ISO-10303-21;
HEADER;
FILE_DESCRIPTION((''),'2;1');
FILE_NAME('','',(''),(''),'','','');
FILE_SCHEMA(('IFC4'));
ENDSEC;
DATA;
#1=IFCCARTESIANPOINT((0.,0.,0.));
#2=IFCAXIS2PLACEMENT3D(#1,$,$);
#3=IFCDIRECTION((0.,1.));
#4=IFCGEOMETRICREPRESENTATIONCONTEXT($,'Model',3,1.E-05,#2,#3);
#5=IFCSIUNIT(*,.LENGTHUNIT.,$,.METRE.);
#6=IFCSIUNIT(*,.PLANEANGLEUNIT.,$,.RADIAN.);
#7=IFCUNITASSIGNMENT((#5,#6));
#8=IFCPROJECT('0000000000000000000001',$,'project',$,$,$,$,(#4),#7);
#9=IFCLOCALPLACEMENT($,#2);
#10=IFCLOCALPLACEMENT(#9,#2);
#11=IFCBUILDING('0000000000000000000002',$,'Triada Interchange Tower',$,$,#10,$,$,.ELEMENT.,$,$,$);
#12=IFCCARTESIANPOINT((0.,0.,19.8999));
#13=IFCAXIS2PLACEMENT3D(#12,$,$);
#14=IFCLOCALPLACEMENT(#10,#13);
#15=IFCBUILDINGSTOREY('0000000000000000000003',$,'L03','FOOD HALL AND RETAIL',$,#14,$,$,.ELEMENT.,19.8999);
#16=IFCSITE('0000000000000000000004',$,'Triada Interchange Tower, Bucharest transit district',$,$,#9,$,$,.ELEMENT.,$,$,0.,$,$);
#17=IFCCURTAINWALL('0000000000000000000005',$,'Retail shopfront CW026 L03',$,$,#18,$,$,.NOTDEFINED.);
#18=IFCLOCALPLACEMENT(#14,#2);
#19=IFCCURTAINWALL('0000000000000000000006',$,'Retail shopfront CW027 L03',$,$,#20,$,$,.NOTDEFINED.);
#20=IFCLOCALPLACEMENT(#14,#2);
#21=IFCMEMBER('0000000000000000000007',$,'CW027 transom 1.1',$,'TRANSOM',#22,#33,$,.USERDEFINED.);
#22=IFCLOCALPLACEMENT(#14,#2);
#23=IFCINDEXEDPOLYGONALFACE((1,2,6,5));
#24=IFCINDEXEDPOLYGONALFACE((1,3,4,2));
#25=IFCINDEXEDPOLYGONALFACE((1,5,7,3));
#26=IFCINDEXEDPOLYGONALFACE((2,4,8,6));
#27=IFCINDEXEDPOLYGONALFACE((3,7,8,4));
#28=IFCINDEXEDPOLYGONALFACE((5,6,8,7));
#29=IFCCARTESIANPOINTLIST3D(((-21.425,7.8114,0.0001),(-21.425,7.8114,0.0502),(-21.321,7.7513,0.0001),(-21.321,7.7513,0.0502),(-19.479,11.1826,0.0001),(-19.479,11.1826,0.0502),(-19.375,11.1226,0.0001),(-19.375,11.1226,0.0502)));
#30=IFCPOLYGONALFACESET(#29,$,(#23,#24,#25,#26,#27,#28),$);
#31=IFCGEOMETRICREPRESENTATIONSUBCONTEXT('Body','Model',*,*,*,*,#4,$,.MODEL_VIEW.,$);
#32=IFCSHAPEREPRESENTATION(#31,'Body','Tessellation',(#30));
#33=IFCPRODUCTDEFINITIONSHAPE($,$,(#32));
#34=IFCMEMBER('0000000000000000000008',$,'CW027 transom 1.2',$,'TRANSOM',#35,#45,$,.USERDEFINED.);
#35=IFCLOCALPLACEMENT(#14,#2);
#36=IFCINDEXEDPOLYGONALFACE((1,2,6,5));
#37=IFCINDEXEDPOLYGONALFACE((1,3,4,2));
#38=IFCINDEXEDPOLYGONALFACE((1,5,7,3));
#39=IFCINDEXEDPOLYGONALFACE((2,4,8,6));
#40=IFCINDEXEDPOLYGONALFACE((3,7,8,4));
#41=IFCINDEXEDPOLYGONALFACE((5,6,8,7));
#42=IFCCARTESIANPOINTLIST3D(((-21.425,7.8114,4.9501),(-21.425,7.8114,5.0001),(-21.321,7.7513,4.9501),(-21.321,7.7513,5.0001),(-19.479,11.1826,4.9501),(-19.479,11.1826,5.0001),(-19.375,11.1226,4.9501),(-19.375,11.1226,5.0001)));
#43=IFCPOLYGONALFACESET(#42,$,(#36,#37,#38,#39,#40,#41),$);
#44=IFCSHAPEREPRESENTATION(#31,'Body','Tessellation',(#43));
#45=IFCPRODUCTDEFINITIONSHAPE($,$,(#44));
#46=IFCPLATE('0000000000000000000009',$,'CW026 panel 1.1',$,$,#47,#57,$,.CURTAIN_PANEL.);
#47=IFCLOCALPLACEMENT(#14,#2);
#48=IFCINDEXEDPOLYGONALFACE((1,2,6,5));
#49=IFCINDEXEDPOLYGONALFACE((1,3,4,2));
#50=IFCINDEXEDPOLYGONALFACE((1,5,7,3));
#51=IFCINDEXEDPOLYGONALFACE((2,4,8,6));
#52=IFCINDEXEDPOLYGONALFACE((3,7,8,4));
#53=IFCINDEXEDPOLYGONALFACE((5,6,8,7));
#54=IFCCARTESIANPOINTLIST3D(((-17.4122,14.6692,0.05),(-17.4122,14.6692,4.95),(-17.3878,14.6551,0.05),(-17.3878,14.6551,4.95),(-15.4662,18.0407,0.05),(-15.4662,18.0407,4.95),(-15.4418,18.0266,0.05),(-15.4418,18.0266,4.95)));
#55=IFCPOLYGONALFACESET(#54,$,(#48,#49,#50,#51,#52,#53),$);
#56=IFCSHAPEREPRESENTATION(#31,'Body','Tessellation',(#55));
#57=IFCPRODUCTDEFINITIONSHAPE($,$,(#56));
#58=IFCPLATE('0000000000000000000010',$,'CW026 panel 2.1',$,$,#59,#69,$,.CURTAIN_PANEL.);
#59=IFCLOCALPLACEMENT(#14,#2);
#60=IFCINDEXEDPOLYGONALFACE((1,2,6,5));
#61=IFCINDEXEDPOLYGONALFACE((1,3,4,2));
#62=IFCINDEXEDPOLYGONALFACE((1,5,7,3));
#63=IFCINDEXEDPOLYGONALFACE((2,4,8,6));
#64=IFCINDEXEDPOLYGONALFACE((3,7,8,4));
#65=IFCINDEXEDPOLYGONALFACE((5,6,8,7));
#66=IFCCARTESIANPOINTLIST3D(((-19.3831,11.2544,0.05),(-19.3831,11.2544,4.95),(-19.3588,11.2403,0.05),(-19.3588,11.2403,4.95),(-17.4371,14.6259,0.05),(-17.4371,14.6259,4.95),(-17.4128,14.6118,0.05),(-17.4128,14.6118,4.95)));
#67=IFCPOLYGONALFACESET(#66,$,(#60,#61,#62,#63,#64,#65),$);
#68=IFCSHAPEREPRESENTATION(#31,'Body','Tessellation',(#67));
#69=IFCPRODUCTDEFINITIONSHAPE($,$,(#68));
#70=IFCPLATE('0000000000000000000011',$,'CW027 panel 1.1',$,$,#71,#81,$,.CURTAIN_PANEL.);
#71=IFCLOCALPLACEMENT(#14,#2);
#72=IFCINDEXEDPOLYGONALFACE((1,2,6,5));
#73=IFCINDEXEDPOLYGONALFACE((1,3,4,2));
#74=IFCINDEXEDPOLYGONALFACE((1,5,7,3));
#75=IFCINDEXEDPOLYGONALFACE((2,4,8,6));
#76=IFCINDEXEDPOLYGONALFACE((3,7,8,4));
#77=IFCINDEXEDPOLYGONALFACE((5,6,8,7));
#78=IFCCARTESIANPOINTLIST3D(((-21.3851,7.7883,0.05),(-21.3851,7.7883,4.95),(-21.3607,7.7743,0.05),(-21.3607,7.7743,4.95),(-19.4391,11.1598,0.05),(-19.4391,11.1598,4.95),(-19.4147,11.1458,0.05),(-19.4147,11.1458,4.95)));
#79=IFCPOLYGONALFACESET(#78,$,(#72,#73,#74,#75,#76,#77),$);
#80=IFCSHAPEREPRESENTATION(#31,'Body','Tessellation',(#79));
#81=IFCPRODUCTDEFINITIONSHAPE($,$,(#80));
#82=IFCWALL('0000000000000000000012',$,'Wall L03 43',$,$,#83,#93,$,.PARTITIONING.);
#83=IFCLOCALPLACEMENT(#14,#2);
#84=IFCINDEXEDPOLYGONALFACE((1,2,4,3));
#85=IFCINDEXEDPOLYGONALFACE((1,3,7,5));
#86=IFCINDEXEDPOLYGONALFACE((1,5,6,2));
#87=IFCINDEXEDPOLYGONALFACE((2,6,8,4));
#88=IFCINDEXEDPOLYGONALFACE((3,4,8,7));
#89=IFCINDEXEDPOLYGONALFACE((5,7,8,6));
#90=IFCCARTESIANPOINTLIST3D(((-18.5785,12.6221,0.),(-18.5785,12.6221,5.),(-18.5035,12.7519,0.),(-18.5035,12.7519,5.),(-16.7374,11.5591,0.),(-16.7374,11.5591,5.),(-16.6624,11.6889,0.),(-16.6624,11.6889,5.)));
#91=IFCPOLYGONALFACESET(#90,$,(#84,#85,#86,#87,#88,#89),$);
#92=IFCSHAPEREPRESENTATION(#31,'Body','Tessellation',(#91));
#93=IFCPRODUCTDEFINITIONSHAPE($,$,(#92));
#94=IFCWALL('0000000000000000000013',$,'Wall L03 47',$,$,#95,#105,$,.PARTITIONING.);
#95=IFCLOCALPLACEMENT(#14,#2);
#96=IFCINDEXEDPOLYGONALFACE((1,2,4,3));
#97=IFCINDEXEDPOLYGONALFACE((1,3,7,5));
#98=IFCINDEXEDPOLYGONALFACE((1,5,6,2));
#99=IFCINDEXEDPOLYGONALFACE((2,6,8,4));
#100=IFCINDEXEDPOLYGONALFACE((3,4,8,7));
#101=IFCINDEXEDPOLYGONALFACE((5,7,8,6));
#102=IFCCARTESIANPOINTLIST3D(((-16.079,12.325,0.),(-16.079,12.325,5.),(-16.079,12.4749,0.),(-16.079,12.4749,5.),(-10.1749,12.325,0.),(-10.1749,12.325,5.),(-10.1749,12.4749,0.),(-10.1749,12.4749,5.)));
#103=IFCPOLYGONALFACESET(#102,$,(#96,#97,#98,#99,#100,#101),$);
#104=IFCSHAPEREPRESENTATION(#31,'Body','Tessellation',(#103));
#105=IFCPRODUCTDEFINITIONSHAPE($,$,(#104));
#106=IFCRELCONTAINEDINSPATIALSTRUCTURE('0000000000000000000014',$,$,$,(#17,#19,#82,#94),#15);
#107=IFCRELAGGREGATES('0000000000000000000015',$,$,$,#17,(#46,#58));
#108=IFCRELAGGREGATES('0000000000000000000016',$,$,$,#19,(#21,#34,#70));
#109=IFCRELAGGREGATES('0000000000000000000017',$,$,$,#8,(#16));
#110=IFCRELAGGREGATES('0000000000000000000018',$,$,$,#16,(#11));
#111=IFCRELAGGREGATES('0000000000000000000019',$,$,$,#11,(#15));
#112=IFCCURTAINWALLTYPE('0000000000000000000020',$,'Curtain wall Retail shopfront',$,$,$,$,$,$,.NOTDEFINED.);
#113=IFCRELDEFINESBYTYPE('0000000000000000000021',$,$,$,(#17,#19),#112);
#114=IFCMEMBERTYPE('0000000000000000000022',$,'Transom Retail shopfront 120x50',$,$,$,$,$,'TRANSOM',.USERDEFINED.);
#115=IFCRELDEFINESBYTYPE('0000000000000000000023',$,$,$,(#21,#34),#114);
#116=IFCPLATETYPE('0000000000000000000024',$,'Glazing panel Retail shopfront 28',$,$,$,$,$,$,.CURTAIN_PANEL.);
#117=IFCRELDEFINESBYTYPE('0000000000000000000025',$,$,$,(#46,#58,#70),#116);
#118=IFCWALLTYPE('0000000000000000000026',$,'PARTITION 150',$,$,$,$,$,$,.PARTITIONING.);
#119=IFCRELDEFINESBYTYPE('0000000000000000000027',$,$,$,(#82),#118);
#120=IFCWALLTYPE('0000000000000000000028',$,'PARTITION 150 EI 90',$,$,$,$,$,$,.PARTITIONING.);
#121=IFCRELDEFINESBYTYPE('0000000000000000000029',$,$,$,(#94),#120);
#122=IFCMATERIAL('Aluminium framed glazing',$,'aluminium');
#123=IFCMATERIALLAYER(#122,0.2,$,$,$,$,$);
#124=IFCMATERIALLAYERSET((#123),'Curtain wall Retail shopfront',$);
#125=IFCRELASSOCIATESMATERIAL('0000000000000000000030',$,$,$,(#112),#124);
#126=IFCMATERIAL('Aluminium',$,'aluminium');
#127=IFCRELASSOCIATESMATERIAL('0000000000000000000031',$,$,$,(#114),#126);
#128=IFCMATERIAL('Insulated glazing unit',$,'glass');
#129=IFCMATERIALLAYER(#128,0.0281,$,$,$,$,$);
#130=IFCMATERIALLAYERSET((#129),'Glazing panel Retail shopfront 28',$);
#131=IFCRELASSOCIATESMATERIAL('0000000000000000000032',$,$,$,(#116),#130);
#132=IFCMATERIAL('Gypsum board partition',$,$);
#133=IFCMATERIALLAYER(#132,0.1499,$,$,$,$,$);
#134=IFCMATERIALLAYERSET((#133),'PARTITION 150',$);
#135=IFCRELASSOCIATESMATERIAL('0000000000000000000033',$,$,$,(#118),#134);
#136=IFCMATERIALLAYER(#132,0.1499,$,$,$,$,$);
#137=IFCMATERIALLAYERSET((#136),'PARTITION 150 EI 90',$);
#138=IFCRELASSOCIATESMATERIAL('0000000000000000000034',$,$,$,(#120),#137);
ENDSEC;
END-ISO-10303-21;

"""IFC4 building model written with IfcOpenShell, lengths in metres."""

from ifc_helpers import new_model, si_unit, direction, frame, frame_2d, origin, origin_2d, place, context, subcontext, project, spatial, rectangle, extrude, material, layer, layer_set, material_profile, profile_set, type_object, element, aggregate, save


model = new_model("IFC4")

# Units and contexts
model_context = context("Model", 3, precision=1e-05, world=origin(), true_north=direction((0.0, 1.0)))
body_context = subcontext(model_context, "Body", "Model", "MODEL_VIEW")
ifc_project = project(units=[si_unit("LENGTHUNIT", "METRE"), si_unit("PLANEANGLEUNIT", "RADIAN")], contexts=[model_context])

# Site, building, storey
site_placement = place(None, origin())
site = spatial("IfcSite", under=ifc_project, at=site_placement, Name="Triada Interchange Tower, Bucharest transit district", CompositionType="ELEMENT", RefElevation=0.0)
building_placement = place(site_placement, origin())
building = spatial("IfcBuilding", under=site, at=building_placement, Name="Triada Interchange Tower", CompositionType="ELEMENT")
storey_placement = place(building_placement, frame((0.0, 0.0, 19.8999)))
storey = spatial("IfcBuildingStorey", under=building, at=storey_placement, Name="L03", Description="FOOD HALL AND RETAIL", CompositionType="ELEMENT", Elevation=19.8999)

# Shared definitions
ifc_material_1 = material(Name="Aluminium framed glazing", Category="aluminium")
ifc_layer_1 = layer(ifc_material_1, 0.2)
ifc_layer_set_1 = layer_set([ifc_layer_1], Name="Curtain wall Retail shopfront")
curtain_wall_type = type_object("IfcCurtainWallType", Name="Curtain wall Retail shopfront", PredefinedType="NOTDEFINED", material=ifc_layer_set_1)
ifc_material_2 = material(Name="Aluminium", Category="aluminium")

# Curtain wall
curtain_wall_1_placement = place(storey_placement, origin())
curtain_wall_1 = element("IfcCurtainWall", 1, at=curtain_wall_1_placement, inside=storey, type_object=curtain_wall_type, Name="Retail shopfront CW026 L03", PredefinedType="NOTDEFINED")

# Curtain wall
curtain_wall_2_placement = place(storey_placement, origin())
curtain_wall_2 = element("IfcCurtainWall", 2, at=curtain_wall_2_placement, inside=storey, type_object=curtain_wall_type, Name="Retail shopfront CW027 L03", PredefinedType="NOTDEFINED")

# Members
ifc_material_profile_1 = material_profile(ifc_material_2, rectangle(XDim=0.1201, YDim=0.05, at=origin_2d()), Name="Aluminium transom")
ifc_profile_set_1 = profile_set([ifc_material_profile_1], Name="Aluminium")
member_type_1 = type_object("IfcMemberType", Name="Transom Retail shopfront 120x50", ElementType="TRANSOM", PredefinedType="USERDEFINED", material=ifc_profile_set_1)
member_1_placement = place(storey_placement, frame((-19.427, 11.1526, 0.0251), z_axis=(-0.499923, -0.86607, 0.0), x_axis=(0.86607, -0.499923, 0.0)))
member_1 = element("IfcMember", 3, at=member_1_placement, type_object=member_type_1, Name="CW027 transom 1.1", ObjectType="TRANSOM", PredefinedType="USERDEFINED", context=body_context, shape_type="SweptSolid", body=[
    extrude(rectangle(XDim=0.1201, YDim=0.05, at=origin_2d()), origin(), (0.0, 0.0, 1.0), 3.8926),
])
member_2_placement = place(storey_placement, frame((-19.427, 11.1526, 4.9751), z_axis=(-0.499923, -0.86607, 0.0), x_axis=(0.86607, -0.499923, 0.0)))
member_2 = element("IfcMember", 4, at=member_2_placement, type_object=member_type_1, Name="CW027 transom 1.2", ObjectType="TRANSOM", PredefinedType="USERDEFINED", context=body_context, shape_type="SweptSolid", body=[
    extrude(rectangle(XDim=0.1201, YDim=0.05, at=origin_2d()), origin(), (0.0, 0.0, 1.0), 3.8926),
])

# Plates
ifc_material_3 = material(Name="Insulated glazing unit", Category="glass")
ifc_layer_2 = layer(ifc_material_3, 0.0281)
ifc_layer_set_2 = layer_set([ifc_layer_2], Name="Glazing panel Retail shopfront 28")
plate_type = type_object("IfcPlateType", Name="Glazing panel Retail shopfront 28", PredefinedType="CURTAIN_PANEL", material=ifc_layer_set_2)
plate_1_placement = place(storey_placement, frame((-16.427, 16.3479, 0.05), z_axis=(0.0, 0.0, 1.0), x_axis=(-0.499893, -0.866087, 0.0)))
plate_1 = element("IfcPlate", 5, at=plate_1_placement, type_object=plate_type, Name="CW026 panel 1.1", PredefinedType="CURTAIN_PANEL", context=body_context, shape_type="SweptSolid", body=[
    extrude(rectangle(XDim=3.8928, YDim=0.0281, at=origin_2d()), origin(), (0.0, 0.0, 1.0), 4.8999),
])
plate_2_placement = place(storey_placement, frame((-18.3979, 12.9331, 0.05), z_axis=(0.0, 0.0, 1.0), x_axis=(-0.499893, -0.866087, 0.0)))
plate_2 = element("IfcPlate", 6, at=plate_2_placement, type_object=plate_type, Name="CW026 panel 2.1", PredefinedType="CURTAIN_PANEL", context=body_context, shape_type="SweptSolid", body=[
    extrude(rectangle(XDim=3.8928, YDim=0.0281, at=origin_2d()), origin(), (0.0, 0.0, 1.0), 4.8999),
])
aggregate(curtain_wall_1, [plate_1, plate_2])
plate_3_placement = place(storey_placement, frame((-20.3999, 9.467, 0.05), z_axis=(0.0, 0.0, 1.0), x_axis=(-0.499893, -0.866087, 0.0)))
plate_3 = element("IfcPlate", 7, at=plate_3_placement, type_object=plate_type, Name="CW027 panel 1.1", PredefinedType="CURTAIN_PANEL", context=body_context, shape_type="SweptSolid", body=[
    extrude(rectangle(XDim=3.8928, YDim=0.0281, at=origin_2d()), origin(), (0.0, 0.0, 1.0), 4.8999),
])
aggregate(curtain_wall_2, [member_1, member_2, plate_3])

# Walls
ifc_material_4 = material(Name="Gypsum board partition")
ifc_layer_3 = layer(ifc_material_4, 0.1499)
ifc_layer_set_3 = layer_set([ifc_layer_3], Name="PARTITION 150")
wall_type_1 = type_object("IfcWallType", Name="PARTITION 150", PredefinedType="PARTITIONING", material=ifc_layer_set_3)
wall_1_placement = place(storey_placement, frame((-18.541, 12.687, 0.0), z_axis=(0.0, 0.0, 1.0), x_axis=(0.866015, -0.500017, 0.0)))
element("IfcWall", 8, at=wall_1_placement, inside=storey, type_object=wall_type_1, Name="Wall L03 43", PredefinedType="PARTITIONING", context=body_context, shape_type="SweptSolid", body=[
    extrude(rectangle(XDim=2.126, YDim=0.1499, at=frame_2d((1.063, 0.0))), origin(), (0.0, 0.0, 1.0), 5.0),
])
ifc_layer_4 = layer(ifc_material_4, 0.1499)
ifc_layer_set_4 = layer_set([ifc_layer_4], Name="PARTITION 150 EI 90")
wall_type_2 = type_object("IfcWallType", Name="PARTITION 150 EI 90", PredefinedType="PARTITIONING", material=ifc_layer_set_4)
wall_2_placement = place(storey_placement, frame((-16.0791, 12.3999, 0.0), z_axis=(0.0, 0.0, 1.0), x_axis=(1.0, 0.0, 0.0)))
element("IfcWall", 9, at=wall_2_placement, inside=storey, type_object=wall_type_2, Name="Wall L03 47", PredefinedType="PARTITIONING", context=body_context, shape_type="SweptSolid", body=[
    extrude(rectangle(XDim=5.9041, YDim=0.1499, at=frame_2d((2.9521, 0.0))), origin(), (0.0, 0.0, 1.0), 5.0),
])

save(model, "model.ifc")
